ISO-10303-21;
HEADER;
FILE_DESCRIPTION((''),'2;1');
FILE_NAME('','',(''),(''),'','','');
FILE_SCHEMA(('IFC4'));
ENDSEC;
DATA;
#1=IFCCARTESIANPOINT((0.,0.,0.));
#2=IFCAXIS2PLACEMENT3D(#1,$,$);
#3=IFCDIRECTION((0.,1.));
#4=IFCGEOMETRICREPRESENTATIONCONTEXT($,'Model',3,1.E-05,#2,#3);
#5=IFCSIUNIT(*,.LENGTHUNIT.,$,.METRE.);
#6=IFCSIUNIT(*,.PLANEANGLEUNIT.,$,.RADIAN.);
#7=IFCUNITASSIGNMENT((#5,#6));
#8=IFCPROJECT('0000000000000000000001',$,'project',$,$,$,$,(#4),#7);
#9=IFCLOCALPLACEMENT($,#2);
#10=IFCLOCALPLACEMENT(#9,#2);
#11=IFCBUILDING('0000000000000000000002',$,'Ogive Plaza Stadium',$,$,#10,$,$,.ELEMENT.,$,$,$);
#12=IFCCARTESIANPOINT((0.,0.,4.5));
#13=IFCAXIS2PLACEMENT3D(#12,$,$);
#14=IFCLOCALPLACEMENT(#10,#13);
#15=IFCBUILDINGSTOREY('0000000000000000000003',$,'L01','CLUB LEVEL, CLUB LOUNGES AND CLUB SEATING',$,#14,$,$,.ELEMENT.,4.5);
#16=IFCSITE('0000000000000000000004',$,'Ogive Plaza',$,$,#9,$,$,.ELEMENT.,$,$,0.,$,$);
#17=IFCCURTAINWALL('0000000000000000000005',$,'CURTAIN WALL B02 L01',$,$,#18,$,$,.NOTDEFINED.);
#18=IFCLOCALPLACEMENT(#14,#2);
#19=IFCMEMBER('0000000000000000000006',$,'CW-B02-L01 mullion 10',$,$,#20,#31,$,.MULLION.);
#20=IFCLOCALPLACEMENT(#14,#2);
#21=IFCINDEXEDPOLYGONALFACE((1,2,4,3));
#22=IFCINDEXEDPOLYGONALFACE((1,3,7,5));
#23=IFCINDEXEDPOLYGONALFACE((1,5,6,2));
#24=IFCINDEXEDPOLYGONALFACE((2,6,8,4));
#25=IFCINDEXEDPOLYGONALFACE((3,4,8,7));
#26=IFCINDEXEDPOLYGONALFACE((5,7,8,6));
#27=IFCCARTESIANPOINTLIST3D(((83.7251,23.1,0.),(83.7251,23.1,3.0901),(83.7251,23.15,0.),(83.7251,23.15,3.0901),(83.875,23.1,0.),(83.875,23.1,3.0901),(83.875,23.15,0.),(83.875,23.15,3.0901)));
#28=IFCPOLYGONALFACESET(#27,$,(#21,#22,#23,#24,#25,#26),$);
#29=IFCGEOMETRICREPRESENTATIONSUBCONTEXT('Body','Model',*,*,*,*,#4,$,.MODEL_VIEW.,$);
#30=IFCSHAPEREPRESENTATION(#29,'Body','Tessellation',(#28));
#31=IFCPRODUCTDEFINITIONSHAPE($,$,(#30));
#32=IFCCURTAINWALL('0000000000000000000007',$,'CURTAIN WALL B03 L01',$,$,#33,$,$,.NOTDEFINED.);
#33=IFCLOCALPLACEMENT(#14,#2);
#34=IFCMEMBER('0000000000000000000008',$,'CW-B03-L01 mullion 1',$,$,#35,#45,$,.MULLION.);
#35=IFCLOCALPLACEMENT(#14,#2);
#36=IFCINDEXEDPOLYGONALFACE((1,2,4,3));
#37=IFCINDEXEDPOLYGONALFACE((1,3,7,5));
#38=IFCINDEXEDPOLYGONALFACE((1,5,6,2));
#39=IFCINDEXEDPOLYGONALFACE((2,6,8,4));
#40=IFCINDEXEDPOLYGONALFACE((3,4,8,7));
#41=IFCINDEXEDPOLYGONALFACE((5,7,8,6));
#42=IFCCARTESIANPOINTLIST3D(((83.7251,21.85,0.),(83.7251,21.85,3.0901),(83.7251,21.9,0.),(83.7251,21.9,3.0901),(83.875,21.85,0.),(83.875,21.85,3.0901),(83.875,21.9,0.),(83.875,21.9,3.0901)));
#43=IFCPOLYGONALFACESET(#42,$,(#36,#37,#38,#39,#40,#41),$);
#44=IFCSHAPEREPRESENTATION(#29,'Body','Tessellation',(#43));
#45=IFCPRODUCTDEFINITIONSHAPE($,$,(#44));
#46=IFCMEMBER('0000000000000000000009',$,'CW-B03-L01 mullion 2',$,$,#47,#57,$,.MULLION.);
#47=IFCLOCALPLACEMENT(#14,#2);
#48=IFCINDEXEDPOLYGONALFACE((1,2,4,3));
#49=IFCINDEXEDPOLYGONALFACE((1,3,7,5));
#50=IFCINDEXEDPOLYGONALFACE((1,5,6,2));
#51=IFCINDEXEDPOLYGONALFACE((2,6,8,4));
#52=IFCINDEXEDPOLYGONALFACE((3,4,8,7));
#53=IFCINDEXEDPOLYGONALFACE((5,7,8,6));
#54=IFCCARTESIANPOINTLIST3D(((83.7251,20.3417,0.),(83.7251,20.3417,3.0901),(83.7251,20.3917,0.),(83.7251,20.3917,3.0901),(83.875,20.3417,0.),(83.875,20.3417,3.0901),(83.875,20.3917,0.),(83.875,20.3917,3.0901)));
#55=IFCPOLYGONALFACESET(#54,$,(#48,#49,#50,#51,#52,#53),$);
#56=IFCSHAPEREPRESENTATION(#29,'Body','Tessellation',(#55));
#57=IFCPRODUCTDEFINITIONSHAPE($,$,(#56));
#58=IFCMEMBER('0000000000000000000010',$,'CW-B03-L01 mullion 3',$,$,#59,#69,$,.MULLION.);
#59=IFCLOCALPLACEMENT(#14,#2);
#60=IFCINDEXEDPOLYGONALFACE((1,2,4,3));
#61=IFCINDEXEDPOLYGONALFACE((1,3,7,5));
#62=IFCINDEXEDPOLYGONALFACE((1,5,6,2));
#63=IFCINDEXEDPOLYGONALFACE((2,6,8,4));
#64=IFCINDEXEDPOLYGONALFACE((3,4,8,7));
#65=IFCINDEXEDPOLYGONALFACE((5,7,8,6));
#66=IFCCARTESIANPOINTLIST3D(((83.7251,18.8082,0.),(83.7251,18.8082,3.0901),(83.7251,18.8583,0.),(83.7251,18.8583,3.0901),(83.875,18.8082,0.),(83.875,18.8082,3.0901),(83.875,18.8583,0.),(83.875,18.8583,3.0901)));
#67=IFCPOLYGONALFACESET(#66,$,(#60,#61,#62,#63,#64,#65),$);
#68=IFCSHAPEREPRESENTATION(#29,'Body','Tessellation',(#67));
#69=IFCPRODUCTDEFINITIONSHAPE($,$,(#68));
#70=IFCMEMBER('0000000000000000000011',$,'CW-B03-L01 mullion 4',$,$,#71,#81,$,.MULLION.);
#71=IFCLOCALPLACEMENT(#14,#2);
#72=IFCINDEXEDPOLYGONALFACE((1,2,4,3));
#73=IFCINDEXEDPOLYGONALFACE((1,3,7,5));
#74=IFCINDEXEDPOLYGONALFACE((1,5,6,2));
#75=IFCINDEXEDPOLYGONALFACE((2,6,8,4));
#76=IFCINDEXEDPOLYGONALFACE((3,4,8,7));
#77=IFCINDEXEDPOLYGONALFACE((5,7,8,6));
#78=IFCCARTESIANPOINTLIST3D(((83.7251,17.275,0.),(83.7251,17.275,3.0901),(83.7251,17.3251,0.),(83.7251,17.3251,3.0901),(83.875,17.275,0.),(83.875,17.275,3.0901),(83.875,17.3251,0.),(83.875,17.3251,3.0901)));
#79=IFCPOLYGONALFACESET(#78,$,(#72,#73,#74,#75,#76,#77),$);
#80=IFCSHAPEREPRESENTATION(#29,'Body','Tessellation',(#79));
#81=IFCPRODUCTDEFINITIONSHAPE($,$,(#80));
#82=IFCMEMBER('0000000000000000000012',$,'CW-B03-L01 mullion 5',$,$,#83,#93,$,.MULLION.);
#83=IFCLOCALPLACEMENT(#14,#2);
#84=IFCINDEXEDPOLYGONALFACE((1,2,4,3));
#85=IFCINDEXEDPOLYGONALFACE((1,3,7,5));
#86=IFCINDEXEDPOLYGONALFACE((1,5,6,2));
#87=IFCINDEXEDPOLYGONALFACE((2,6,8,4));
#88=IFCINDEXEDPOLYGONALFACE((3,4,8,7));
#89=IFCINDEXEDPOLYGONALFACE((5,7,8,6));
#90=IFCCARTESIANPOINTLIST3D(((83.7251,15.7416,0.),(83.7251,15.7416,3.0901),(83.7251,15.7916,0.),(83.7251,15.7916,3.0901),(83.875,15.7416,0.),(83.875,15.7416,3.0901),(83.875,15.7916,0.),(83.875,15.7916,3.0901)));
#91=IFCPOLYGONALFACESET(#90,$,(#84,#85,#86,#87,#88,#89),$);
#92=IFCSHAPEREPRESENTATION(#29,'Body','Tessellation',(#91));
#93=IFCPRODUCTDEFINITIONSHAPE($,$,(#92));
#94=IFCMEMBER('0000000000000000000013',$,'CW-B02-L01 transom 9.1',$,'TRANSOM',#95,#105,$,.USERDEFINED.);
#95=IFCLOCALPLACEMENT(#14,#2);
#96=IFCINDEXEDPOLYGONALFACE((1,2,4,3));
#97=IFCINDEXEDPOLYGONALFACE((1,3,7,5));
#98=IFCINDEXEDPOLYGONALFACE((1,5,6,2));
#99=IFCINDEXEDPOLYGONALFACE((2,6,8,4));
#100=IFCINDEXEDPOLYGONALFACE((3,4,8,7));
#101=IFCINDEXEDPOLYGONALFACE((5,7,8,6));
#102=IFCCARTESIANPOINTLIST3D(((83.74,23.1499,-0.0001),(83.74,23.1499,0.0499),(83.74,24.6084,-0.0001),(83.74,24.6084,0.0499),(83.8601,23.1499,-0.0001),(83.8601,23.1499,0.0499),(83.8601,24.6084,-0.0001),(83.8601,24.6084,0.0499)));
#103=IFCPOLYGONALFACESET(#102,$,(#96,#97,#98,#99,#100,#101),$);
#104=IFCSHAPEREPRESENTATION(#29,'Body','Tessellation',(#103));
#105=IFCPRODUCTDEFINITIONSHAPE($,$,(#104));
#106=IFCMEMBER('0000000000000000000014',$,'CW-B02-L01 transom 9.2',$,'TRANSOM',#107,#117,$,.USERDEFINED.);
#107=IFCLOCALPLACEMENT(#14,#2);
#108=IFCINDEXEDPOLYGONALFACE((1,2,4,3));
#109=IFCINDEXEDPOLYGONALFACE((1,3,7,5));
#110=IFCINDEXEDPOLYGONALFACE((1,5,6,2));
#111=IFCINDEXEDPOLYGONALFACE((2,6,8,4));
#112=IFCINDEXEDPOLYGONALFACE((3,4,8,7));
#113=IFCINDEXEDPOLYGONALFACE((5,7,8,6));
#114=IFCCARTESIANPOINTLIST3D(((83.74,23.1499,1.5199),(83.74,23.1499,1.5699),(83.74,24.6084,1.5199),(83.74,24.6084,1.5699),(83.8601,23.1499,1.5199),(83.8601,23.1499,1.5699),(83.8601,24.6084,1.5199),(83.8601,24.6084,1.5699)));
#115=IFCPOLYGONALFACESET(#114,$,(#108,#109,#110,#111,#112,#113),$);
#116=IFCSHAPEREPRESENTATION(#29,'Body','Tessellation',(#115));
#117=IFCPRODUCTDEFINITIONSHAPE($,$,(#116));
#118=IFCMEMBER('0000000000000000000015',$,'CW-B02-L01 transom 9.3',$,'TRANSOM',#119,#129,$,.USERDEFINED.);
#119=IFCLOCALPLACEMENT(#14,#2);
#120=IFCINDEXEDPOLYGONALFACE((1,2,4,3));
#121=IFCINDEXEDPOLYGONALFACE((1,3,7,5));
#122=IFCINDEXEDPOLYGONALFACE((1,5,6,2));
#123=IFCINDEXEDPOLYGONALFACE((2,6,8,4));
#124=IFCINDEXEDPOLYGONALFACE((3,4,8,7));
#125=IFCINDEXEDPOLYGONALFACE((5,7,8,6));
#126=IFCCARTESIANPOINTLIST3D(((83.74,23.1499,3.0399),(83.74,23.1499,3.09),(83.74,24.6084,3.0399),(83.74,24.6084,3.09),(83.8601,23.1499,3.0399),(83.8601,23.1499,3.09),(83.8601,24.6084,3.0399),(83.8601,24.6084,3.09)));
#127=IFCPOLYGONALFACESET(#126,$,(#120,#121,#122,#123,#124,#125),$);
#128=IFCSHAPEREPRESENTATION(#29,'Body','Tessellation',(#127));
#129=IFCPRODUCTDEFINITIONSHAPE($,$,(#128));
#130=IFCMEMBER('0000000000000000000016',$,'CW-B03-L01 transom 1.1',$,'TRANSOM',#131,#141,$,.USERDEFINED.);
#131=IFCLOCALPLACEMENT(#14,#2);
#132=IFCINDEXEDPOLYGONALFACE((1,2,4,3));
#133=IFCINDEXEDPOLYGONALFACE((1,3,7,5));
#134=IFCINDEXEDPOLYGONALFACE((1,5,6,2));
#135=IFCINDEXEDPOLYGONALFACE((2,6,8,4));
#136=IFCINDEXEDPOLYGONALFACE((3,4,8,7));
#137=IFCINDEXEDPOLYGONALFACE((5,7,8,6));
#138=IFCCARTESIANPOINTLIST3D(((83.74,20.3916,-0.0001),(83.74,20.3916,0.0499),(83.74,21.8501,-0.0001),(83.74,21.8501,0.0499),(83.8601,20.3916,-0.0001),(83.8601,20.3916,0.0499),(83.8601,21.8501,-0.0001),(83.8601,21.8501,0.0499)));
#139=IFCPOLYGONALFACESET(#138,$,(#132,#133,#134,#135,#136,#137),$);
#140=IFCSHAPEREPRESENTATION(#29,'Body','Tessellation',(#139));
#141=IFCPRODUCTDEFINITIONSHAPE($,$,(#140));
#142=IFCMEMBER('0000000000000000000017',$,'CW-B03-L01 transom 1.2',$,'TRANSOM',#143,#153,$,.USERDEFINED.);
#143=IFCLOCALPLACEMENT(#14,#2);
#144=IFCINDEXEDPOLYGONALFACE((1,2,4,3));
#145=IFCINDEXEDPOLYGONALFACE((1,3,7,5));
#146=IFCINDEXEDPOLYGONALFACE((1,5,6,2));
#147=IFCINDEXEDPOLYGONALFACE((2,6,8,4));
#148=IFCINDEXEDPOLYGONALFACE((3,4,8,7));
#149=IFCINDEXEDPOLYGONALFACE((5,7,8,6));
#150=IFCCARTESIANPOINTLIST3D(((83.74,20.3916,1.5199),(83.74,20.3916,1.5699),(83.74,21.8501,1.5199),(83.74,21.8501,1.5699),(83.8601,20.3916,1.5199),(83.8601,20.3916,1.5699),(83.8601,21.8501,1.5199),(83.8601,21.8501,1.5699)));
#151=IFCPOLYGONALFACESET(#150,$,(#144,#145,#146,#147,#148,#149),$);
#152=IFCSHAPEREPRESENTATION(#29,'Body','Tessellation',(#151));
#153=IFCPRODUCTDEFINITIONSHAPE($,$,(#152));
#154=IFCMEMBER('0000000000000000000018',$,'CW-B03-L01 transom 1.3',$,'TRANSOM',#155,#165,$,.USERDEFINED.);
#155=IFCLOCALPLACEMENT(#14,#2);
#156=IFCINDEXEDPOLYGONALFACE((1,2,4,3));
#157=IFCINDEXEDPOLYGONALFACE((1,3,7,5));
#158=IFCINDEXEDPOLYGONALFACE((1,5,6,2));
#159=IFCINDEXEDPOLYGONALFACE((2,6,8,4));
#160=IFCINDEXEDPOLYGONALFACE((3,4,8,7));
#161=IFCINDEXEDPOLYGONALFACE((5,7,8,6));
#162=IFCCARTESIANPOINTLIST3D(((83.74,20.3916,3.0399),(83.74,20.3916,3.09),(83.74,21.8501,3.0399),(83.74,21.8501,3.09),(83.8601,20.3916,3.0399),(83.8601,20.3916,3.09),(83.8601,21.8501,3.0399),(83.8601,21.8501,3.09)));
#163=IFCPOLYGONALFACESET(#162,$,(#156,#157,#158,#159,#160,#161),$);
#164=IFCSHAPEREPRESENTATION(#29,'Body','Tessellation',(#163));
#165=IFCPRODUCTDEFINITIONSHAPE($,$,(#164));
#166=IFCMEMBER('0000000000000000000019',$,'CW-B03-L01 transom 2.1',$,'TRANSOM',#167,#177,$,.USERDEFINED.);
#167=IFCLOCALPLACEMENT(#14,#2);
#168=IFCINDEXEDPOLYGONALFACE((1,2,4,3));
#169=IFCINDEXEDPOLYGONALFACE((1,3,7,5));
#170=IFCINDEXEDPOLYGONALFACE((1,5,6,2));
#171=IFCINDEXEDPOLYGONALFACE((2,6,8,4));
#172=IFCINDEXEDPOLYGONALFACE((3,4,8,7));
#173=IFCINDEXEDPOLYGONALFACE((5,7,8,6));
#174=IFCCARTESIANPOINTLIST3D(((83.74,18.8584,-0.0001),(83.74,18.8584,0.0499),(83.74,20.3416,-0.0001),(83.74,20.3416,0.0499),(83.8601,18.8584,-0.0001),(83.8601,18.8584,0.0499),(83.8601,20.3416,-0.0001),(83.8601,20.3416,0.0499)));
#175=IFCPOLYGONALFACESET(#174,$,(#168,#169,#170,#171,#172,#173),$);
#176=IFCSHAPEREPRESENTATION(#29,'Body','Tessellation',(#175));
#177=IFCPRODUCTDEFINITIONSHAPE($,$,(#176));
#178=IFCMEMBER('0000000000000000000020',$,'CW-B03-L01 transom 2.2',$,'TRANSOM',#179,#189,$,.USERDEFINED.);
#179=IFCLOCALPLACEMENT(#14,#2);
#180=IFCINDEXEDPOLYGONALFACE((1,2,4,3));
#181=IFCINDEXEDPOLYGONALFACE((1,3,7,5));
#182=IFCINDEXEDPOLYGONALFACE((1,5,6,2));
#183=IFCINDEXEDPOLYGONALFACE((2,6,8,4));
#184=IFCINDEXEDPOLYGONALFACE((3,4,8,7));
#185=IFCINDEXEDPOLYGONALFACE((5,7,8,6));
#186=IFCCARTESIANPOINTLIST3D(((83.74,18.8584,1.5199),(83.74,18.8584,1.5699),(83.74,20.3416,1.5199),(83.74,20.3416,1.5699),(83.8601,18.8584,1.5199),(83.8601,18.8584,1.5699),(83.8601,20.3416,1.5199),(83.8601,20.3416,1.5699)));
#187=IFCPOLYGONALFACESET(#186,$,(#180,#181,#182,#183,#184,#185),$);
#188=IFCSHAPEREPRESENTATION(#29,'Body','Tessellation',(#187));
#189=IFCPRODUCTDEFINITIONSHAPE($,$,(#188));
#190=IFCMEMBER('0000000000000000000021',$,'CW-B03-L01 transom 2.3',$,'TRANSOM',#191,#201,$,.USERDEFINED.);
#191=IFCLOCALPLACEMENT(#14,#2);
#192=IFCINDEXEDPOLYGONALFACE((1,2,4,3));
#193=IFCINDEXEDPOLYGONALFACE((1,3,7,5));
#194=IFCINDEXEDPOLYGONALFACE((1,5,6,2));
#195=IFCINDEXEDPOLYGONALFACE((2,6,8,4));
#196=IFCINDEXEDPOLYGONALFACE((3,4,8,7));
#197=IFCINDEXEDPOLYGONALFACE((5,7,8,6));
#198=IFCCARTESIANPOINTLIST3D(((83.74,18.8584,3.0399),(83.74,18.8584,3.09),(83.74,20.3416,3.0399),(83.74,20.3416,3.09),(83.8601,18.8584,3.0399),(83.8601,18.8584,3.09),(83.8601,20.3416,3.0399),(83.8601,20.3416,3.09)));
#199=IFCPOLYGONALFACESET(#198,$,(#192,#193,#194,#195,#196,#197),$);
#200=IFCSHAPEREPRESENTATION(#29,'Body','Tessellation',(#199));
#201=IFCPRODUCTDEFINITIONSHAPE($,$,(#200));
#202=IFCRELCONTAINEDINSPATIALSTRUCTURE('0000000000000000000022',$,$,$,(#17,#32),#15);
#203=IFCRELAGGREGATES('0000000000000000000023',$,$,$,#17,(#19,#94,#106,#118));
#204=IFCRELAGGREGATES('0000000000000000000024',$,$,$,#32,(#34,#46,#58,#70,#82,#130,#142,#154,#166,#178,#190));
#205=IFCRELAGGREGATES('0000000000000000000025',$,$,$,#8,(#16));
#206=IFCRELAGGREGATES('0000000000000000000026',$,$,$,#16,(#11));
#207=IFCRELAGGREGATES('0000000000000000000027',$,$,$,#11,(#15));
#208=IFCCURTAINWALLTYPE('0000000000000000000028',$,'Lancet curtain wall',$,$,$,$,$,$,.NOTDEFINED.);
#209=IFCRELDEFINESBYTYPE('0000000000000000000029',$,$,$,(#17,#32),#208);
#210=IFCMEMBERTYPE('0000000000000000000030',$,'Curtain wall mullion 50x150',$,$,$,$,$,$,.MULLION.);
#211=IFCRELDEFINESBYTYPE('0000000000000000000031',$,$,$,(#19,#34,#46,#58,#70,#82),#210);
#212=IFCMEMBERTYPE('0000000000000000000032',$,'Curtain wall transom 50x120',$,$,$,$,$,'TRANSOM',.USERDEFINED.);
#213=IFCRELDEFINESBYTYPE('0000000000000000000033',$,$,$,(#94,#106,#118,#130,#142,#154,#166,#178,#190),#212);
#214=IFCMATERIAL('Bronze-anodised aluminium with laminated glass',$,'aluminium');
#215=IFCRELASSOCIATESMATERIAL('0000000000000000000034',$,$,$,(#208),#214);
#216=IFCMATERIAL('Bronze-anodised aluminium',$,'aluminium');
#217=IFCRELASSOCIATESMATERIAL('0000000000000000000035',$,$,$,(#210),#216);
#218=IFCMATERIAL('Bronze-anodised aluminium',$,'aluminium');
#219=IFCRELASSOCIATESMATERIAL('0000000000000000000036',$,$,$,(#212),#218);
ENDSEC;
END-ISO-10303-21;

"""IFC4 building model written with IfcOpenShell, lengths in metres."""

from ifc_helpers import new_model, si_unit, direction, frame, origin, origin_2d, place, context, subcontext, project, spatial, rectangle, extrude, material, material_profile, profile_set, type_object, element, aggregate, save


model = new_model("IFC4")

# Units and contexts
model_context = context("Model", 3, precision=1e-05, world=origin(), true_north=direction((0.0, 1.0)))
body_context = subcontext(model_context, "Body", "Model", "MODEL_VIEW")
ifc_project = project(units=[si_unit("LENGTHUNIT", "METRE"), si_unit("PLANEANGLEUNIT", "RADIAN")], contexts=[model_context])

# Site, building, storey
site_placement = place(None, origin())
site = spatial("IfcSite", under=ifc_project, at=site_placement, Name="Ogive Plaza", CompositionType="ELEMENT", RefElevation=0.0)
building_placement = place(site_placement, origin())
building = spatial("IfcBuilding", under=site, at=building_placement, Name="Ogive Plaza Stadium", CompositionType="ELEMENT")
storey_placement = place(building_placement, frame((0.0, 0.0, 4.5)))
storey = spatial("IfcBuildingStorey", under=building, at=storey_placement, Name="L01", Description="CLUB LEVEL, CLUB LOUNGES AND CLUB SEATING", CompositionType="ELEMENT", Elevation=4.5)

# Curtain wall, member
ifc_material_1 = material(Name="Bronze-anodised aluminium with laminated glass", Category="aluminium")
curtain_wall_type = type_object("IfcCurtainWallType", Name="Lancet curtain wall", PredefinedType="NOTDEFINED", material=ifc_material_1)
curtain_wall_1_placement = place(storey_placement, origin())
curtain_wall_1 = element("IfcCurtainWall", 1, at=curtain_wall_1_placement, inside=storey, type_object=curtain_wall_type, Name="CURTAIN WALL B02 L01", PredefinedType="NOTDEFINED")
ifc_material_2 = material(Name="Bronze-anodised aluminium", Category="aluminium")
ifc_material_profile_1 = material_profile(ifc_material_2, rectangle(XDim=0.1499, YDim=0.05, at=origin_2d()), Name="AL 150x50")
ifc_profile_set_1 = profile_set([ifc_material_profile_1], Name="Bronze-anodised aluminium")
member_type_1 = type_object("IfcMemberType", Name="Curtain wall mullion 50x150", PredefinedType="MULLION", material=ifc_profile_set_1)
member_1_placement = place(storey_placement, frame((83.8, 23.125, 0.0), z_axis=(0.0, 0.0, 1.0), x_axis=(1.0, 0.0, 0.0)))
member_1 = element("IfcMember", 2, at=member_1_placement, type_object=member_type_1, Name="CW-B02-L01 mullion 10", PredefinedType="MULLION", context=body_context, shape_type="SweptSolid", body=[
    extrude(rectangle(XDim=0.1499, YDim=0.05, at=origin_2d()), origin(), (0.0, 0.0, 1.0), 3.0901),
])

# Curtain wall, members
curtain_wall_2_placement = place(storey_placement, origin())
curtain_wall_2 = element("IfcCurtainWall", 3, at=curtain_wall_2_placement, inside=storey, type_object=curtain_wall_type, Name="CURTAIN WALL B03 L01", PredefinedType="NOTDEFINED")
member_2_placement = place(storey_placement, frame((83.8, 21.875, 0.0), z_axis=(0.0, 0.0, 1.0), x_axis=(1.0, 0.0, 0.0)))
member_2 = element("IfcMember", 4, at=member_2_placement, type_object=member_type_1, Name="CW-B03-L01 mullion 1", PredefinedType="MULLION", context=body_context, shape_type="SweptSolid", body=[
    extrude(rectangle(XDim=0.1499, YDim=0.05, at=origin_2d()), origin(), (0.0, 0.0, 1.0), 3.0901),
])
member_3_placement = place(storey_placement, frame((83.8, 20.3667, 0.0), z_axis=(0.0, 0.0, 1.0), x_axis=(1.0, 0.0, 0.0)))
member_3 = element("IfcMember", 5, at=member_3_placement, type_object=member_type_1, Name="CW-B03-L01 mullion 2", PredefinedType="MULLION", context=body_context, shape_type="SweptSolid", body=[
    extrude(rectangle(XDim=0.1499, YDim=0.05, at=origin_2d()), origin(), (0.0, 0.0, 1.0), 3.0901),
])
member_4_placement = place(storey_placement, frame((83.8, 18.8333, 0.0), z_axis=(0.0, 0.0, 1.0), x_axis=(1.0, 0.0, 0.0)))
member_4 = element("IfcMember", 6, at=member_4_placement, type_object=member_type_1, Name="CW-B03-L01 mullion 3", PredefinedType="MULLION", context=body_context, shape_type="SweptSolid", body=[
    extrude(rectangle(XDim=0.1499, YDim=0.05, at=origin_2d()), origin(), (0.0, 0.0, 1.0), 3.0901),
])
member_5_placement = place(storey_placement, frame((83.8, 17.3, 0.0), z_axis=(0.0, 0.0, 1.0), x_axis=(1.0, 0.0, 0.0)))
member_5 = element("IfcMember", 7, at=member_5_placement, type_object=member_type_1, Name="CW-B03-L01 mullion 4", PredefinedType="MULLION", context=body_context, shape_type="SweptSolid", body=[
    extrude(rectangle(XDim=0.1499, YDim=0.05, at=origin_2d()), origin(), (0.0, 0.0, 1.0), 3.0901),
])
member_6_placement = place(storey_placement, frame((83.8, 15.7666, 0.0), z_axis=(0.0, 0.0, 1.0), x_axis=(1.0, 0.0, 0.0)))
member_6 = element("IfcMember", 8, at=member_6_placement, type_object=member_type_1, Name="CW-B03-L01 mullion 5", PredefinedType="MULLION", context=body_context, shape_type="SweptSolid", body=[
    extrude(rectangle(XDim=0.1499, YDim=0.05, at=origin_2d()), origin(), (0.0, 0.0, 1.0), 3.0901),
])

# Members
ifc_material_3 = material(Name="Bronze-anodised aluminium", Category="aluminium")
ifc_material_profile_2 = material_profile(ifc_material_3, rectangle(XDim=0.1201, YDim=0.05, at=origin_2d()), Name="AL 120x50")
ifc_profile_set_2 = profile_set([ifc_material_profile_2], Name="Bronze-anodised aluminium")
member_type_2 = type_object("IfcMemberType", Name="Curtain wall transom 50x120", ElementType="TRANSOM", PredefinedType="USERDEFINED", material=ifc_profile_set_2)
member_7_placement = place(storey_placement, frame((83.8, 24.6084, 0.0249), z_axis=(0.0, -1.0, 0.0), x_axis=(1.0, 0.0, 0.0)))
member_7 = element("IfcMember", 9, at=member_7_placement, type_object=member_type_2, Name="CW-B02-L01 transom 9.1", ObjectType="TRANSOM", PredefinedType="USERDEFINED", context=body_context, shape_type="SweptSolid", body=[
    extrude(rectangle(XDim=0.1201, YDim=0.05, at=origin_2d()), origin(), (0.0, 0.0, 1.0), 1.4585),
])
member_8_placement = place(storey_placement, frame((83.8, 24.6084, 1.5449), z_axis=(0.0, -1.0, 0.0), x_axis=(1.0, 0.0, 0.0)))
member_8 = element("IfcMember", 10, at=member_8_placement, type_object=member_type_2, Name="CW-B02-L01 transom 9.2", ObjectType="TRANSOM", PredefinedType="USERDEFINED", context=body_context, shape_type="SweptSolid", body=[
    extrude(rectangle(XDim=0.1201, YDim=0.05, at=origin_2d()), origin(), (0.0, 0.0, 1.0), 1.4585),
])
member_9_placement = place(storey_placement, frame((83.8, 24.6084, 3.0649), z_axis=(0.0, -1.0, 0.0), x_axis=(1.0, 0.0, 0.0)))
member_9 = element("IfcMember", 11, at=member_9_placement, type_object=member_type_2, Name="CW-B02-L01 transom 9.3", ObjectType="TRANSOM", PredefinedType="USERDEFINED", context=body_context, shape_type="SweptSolid", body=[
    extrude(rectangle(XDim=0.1201, YDim=0.05, at=origin_2d()), origin(), (0.0, 0.0, 1.0), 1.4585),
])
member_10_placement = place(storey_placement, frame((83.8, 21.8501, 0.0249), z_axis=(0.0, -1.0, 0.0), x_axis=(1.0, 0.0, 0.0)))
member_10 = element("IfcMember", 12, at=member_10_placement, type_object=member_type_2, Name="CW-B03-L01 transom 1.1", ObjectType="TRANSOM", PredefinedType="USERDEFINED", context=body_context, shape_type="SweptSolid", body=[
    extrude(rectangle(XDim=0.1201, YDim=0.05, at=origin_2d()), origin(), (0.0, 0.0, 1.0), 1.4585),
])
member_11_placement = place(storey_placement, frame((83.8, 21.8501, 1.5449), z_axis=(0.0, -1.0, 0.0), x_axis=(1.0, 0.0, 0.0)))
member_11 = element("IfcMember", 13, at=member_11_placement, type_object=member_type_2, Name="CW-B03-L01 transom 1.2", ObjectType="TRANSOM", PredefinedType="USERDEFINED", context=body_context, shape_type="SweptSolid", body=[
    extrude(rectangle(XDim=0.1201, YDim=0.05, at=origin_2d()), origin(), (0.0, 0.0, 1.0), 1.4585),
])
member_12_placement = place(storey_placement, frame((83.8, 21.8501, 3.0649), z_axis=(0.0, -1.0, 0.0), x_axis=(1.0, 0.0, 0.0)))
member_12 = element("IfcMember", 14, at=member_12_placement, type_object=member_type_2, Name="CW-B03-L01 transom 1.3", ObjectType="TRANSOM", PredefinedType="USERDEFINED", context=body_context, shape_type="SweptSolid", body=[
    extrude(rectangle(XDim=0.1201, YDim=0.05, at=origin_2d()), origin(), (0.0, 0.0, 1.0), 1.4585),
])
member_13_placement = place(storey_placement, frame((83.8, 20.3416, 0.0249), z_axis=(0.0, -1.0, 0.0), x_axis=(1.0, 0.0, 0.0)))
member_13 = element("IfcMember", 15, at=member_13_placement, type_object=member_type_2, Name="CW-B03-L01 transom 2.1", ObjectType="TRANSOM", PredefinedType="USERDEFINED", context=body_context, shape_type="SweptSolid", body=[
    extrude(rectangle(XDim=0.1201, YDim=0.05, at=origin_2d()), origin(), (0.0, 0.0, 1.0), 1.4832),
])
member_14_placement = place(storey_placement, frame((83.8, 20.3416, 1.5449), z_axis=(0.0, -1.0, 0.0), x_axis=(1.0, 0.0, 0.0)))
member_14 = element("IfcMember", 16, at=member_14_placement, type_object=member_type_2, Name="CW-B03-L01 transom 2.2", ObjectType="TRANSOM", PredefinedType="USERDEFINED", context=body_context, shape_type="SweptSolid", body=[
    extrude(rectangle(XDim=0.1201, YDim=0.05, at=origin_2d()), origin(), (0.0, 0.0, 1.0), 1.4832),
])
member_15_placement = place(storey_placement, frame((83.8, 20.3416, 3.0649), z_axis=(0.0, -1.0, 0.0), x_axis=(1.0, 0.0, 0.0)))
member_15 = element("IfcMember", 17, at=member_15_placement, type_object=member_type_2, Name="CW-B03-L01 transom 2.3", ObjectType="TRANSOM", PredefinedType="USERDEFINED", context=body_context, shape_type="SweptSolid", body=[
    extrude(rectangle(XDim=0.1201, YDim=0.05, at=origin_2d()), origin(), (0.0, 0.0, 1.0), 1.4832),
])

aggregate(curtain_wall_1, [member_1, member_7, member_8, member_9])
aggregate(curtain_wall_2, [member_2, member_3, member_4, member_5, member_6, member_10, member_11, member_12, member_13, member_14, member_15])

save(model, "model.ifc")
